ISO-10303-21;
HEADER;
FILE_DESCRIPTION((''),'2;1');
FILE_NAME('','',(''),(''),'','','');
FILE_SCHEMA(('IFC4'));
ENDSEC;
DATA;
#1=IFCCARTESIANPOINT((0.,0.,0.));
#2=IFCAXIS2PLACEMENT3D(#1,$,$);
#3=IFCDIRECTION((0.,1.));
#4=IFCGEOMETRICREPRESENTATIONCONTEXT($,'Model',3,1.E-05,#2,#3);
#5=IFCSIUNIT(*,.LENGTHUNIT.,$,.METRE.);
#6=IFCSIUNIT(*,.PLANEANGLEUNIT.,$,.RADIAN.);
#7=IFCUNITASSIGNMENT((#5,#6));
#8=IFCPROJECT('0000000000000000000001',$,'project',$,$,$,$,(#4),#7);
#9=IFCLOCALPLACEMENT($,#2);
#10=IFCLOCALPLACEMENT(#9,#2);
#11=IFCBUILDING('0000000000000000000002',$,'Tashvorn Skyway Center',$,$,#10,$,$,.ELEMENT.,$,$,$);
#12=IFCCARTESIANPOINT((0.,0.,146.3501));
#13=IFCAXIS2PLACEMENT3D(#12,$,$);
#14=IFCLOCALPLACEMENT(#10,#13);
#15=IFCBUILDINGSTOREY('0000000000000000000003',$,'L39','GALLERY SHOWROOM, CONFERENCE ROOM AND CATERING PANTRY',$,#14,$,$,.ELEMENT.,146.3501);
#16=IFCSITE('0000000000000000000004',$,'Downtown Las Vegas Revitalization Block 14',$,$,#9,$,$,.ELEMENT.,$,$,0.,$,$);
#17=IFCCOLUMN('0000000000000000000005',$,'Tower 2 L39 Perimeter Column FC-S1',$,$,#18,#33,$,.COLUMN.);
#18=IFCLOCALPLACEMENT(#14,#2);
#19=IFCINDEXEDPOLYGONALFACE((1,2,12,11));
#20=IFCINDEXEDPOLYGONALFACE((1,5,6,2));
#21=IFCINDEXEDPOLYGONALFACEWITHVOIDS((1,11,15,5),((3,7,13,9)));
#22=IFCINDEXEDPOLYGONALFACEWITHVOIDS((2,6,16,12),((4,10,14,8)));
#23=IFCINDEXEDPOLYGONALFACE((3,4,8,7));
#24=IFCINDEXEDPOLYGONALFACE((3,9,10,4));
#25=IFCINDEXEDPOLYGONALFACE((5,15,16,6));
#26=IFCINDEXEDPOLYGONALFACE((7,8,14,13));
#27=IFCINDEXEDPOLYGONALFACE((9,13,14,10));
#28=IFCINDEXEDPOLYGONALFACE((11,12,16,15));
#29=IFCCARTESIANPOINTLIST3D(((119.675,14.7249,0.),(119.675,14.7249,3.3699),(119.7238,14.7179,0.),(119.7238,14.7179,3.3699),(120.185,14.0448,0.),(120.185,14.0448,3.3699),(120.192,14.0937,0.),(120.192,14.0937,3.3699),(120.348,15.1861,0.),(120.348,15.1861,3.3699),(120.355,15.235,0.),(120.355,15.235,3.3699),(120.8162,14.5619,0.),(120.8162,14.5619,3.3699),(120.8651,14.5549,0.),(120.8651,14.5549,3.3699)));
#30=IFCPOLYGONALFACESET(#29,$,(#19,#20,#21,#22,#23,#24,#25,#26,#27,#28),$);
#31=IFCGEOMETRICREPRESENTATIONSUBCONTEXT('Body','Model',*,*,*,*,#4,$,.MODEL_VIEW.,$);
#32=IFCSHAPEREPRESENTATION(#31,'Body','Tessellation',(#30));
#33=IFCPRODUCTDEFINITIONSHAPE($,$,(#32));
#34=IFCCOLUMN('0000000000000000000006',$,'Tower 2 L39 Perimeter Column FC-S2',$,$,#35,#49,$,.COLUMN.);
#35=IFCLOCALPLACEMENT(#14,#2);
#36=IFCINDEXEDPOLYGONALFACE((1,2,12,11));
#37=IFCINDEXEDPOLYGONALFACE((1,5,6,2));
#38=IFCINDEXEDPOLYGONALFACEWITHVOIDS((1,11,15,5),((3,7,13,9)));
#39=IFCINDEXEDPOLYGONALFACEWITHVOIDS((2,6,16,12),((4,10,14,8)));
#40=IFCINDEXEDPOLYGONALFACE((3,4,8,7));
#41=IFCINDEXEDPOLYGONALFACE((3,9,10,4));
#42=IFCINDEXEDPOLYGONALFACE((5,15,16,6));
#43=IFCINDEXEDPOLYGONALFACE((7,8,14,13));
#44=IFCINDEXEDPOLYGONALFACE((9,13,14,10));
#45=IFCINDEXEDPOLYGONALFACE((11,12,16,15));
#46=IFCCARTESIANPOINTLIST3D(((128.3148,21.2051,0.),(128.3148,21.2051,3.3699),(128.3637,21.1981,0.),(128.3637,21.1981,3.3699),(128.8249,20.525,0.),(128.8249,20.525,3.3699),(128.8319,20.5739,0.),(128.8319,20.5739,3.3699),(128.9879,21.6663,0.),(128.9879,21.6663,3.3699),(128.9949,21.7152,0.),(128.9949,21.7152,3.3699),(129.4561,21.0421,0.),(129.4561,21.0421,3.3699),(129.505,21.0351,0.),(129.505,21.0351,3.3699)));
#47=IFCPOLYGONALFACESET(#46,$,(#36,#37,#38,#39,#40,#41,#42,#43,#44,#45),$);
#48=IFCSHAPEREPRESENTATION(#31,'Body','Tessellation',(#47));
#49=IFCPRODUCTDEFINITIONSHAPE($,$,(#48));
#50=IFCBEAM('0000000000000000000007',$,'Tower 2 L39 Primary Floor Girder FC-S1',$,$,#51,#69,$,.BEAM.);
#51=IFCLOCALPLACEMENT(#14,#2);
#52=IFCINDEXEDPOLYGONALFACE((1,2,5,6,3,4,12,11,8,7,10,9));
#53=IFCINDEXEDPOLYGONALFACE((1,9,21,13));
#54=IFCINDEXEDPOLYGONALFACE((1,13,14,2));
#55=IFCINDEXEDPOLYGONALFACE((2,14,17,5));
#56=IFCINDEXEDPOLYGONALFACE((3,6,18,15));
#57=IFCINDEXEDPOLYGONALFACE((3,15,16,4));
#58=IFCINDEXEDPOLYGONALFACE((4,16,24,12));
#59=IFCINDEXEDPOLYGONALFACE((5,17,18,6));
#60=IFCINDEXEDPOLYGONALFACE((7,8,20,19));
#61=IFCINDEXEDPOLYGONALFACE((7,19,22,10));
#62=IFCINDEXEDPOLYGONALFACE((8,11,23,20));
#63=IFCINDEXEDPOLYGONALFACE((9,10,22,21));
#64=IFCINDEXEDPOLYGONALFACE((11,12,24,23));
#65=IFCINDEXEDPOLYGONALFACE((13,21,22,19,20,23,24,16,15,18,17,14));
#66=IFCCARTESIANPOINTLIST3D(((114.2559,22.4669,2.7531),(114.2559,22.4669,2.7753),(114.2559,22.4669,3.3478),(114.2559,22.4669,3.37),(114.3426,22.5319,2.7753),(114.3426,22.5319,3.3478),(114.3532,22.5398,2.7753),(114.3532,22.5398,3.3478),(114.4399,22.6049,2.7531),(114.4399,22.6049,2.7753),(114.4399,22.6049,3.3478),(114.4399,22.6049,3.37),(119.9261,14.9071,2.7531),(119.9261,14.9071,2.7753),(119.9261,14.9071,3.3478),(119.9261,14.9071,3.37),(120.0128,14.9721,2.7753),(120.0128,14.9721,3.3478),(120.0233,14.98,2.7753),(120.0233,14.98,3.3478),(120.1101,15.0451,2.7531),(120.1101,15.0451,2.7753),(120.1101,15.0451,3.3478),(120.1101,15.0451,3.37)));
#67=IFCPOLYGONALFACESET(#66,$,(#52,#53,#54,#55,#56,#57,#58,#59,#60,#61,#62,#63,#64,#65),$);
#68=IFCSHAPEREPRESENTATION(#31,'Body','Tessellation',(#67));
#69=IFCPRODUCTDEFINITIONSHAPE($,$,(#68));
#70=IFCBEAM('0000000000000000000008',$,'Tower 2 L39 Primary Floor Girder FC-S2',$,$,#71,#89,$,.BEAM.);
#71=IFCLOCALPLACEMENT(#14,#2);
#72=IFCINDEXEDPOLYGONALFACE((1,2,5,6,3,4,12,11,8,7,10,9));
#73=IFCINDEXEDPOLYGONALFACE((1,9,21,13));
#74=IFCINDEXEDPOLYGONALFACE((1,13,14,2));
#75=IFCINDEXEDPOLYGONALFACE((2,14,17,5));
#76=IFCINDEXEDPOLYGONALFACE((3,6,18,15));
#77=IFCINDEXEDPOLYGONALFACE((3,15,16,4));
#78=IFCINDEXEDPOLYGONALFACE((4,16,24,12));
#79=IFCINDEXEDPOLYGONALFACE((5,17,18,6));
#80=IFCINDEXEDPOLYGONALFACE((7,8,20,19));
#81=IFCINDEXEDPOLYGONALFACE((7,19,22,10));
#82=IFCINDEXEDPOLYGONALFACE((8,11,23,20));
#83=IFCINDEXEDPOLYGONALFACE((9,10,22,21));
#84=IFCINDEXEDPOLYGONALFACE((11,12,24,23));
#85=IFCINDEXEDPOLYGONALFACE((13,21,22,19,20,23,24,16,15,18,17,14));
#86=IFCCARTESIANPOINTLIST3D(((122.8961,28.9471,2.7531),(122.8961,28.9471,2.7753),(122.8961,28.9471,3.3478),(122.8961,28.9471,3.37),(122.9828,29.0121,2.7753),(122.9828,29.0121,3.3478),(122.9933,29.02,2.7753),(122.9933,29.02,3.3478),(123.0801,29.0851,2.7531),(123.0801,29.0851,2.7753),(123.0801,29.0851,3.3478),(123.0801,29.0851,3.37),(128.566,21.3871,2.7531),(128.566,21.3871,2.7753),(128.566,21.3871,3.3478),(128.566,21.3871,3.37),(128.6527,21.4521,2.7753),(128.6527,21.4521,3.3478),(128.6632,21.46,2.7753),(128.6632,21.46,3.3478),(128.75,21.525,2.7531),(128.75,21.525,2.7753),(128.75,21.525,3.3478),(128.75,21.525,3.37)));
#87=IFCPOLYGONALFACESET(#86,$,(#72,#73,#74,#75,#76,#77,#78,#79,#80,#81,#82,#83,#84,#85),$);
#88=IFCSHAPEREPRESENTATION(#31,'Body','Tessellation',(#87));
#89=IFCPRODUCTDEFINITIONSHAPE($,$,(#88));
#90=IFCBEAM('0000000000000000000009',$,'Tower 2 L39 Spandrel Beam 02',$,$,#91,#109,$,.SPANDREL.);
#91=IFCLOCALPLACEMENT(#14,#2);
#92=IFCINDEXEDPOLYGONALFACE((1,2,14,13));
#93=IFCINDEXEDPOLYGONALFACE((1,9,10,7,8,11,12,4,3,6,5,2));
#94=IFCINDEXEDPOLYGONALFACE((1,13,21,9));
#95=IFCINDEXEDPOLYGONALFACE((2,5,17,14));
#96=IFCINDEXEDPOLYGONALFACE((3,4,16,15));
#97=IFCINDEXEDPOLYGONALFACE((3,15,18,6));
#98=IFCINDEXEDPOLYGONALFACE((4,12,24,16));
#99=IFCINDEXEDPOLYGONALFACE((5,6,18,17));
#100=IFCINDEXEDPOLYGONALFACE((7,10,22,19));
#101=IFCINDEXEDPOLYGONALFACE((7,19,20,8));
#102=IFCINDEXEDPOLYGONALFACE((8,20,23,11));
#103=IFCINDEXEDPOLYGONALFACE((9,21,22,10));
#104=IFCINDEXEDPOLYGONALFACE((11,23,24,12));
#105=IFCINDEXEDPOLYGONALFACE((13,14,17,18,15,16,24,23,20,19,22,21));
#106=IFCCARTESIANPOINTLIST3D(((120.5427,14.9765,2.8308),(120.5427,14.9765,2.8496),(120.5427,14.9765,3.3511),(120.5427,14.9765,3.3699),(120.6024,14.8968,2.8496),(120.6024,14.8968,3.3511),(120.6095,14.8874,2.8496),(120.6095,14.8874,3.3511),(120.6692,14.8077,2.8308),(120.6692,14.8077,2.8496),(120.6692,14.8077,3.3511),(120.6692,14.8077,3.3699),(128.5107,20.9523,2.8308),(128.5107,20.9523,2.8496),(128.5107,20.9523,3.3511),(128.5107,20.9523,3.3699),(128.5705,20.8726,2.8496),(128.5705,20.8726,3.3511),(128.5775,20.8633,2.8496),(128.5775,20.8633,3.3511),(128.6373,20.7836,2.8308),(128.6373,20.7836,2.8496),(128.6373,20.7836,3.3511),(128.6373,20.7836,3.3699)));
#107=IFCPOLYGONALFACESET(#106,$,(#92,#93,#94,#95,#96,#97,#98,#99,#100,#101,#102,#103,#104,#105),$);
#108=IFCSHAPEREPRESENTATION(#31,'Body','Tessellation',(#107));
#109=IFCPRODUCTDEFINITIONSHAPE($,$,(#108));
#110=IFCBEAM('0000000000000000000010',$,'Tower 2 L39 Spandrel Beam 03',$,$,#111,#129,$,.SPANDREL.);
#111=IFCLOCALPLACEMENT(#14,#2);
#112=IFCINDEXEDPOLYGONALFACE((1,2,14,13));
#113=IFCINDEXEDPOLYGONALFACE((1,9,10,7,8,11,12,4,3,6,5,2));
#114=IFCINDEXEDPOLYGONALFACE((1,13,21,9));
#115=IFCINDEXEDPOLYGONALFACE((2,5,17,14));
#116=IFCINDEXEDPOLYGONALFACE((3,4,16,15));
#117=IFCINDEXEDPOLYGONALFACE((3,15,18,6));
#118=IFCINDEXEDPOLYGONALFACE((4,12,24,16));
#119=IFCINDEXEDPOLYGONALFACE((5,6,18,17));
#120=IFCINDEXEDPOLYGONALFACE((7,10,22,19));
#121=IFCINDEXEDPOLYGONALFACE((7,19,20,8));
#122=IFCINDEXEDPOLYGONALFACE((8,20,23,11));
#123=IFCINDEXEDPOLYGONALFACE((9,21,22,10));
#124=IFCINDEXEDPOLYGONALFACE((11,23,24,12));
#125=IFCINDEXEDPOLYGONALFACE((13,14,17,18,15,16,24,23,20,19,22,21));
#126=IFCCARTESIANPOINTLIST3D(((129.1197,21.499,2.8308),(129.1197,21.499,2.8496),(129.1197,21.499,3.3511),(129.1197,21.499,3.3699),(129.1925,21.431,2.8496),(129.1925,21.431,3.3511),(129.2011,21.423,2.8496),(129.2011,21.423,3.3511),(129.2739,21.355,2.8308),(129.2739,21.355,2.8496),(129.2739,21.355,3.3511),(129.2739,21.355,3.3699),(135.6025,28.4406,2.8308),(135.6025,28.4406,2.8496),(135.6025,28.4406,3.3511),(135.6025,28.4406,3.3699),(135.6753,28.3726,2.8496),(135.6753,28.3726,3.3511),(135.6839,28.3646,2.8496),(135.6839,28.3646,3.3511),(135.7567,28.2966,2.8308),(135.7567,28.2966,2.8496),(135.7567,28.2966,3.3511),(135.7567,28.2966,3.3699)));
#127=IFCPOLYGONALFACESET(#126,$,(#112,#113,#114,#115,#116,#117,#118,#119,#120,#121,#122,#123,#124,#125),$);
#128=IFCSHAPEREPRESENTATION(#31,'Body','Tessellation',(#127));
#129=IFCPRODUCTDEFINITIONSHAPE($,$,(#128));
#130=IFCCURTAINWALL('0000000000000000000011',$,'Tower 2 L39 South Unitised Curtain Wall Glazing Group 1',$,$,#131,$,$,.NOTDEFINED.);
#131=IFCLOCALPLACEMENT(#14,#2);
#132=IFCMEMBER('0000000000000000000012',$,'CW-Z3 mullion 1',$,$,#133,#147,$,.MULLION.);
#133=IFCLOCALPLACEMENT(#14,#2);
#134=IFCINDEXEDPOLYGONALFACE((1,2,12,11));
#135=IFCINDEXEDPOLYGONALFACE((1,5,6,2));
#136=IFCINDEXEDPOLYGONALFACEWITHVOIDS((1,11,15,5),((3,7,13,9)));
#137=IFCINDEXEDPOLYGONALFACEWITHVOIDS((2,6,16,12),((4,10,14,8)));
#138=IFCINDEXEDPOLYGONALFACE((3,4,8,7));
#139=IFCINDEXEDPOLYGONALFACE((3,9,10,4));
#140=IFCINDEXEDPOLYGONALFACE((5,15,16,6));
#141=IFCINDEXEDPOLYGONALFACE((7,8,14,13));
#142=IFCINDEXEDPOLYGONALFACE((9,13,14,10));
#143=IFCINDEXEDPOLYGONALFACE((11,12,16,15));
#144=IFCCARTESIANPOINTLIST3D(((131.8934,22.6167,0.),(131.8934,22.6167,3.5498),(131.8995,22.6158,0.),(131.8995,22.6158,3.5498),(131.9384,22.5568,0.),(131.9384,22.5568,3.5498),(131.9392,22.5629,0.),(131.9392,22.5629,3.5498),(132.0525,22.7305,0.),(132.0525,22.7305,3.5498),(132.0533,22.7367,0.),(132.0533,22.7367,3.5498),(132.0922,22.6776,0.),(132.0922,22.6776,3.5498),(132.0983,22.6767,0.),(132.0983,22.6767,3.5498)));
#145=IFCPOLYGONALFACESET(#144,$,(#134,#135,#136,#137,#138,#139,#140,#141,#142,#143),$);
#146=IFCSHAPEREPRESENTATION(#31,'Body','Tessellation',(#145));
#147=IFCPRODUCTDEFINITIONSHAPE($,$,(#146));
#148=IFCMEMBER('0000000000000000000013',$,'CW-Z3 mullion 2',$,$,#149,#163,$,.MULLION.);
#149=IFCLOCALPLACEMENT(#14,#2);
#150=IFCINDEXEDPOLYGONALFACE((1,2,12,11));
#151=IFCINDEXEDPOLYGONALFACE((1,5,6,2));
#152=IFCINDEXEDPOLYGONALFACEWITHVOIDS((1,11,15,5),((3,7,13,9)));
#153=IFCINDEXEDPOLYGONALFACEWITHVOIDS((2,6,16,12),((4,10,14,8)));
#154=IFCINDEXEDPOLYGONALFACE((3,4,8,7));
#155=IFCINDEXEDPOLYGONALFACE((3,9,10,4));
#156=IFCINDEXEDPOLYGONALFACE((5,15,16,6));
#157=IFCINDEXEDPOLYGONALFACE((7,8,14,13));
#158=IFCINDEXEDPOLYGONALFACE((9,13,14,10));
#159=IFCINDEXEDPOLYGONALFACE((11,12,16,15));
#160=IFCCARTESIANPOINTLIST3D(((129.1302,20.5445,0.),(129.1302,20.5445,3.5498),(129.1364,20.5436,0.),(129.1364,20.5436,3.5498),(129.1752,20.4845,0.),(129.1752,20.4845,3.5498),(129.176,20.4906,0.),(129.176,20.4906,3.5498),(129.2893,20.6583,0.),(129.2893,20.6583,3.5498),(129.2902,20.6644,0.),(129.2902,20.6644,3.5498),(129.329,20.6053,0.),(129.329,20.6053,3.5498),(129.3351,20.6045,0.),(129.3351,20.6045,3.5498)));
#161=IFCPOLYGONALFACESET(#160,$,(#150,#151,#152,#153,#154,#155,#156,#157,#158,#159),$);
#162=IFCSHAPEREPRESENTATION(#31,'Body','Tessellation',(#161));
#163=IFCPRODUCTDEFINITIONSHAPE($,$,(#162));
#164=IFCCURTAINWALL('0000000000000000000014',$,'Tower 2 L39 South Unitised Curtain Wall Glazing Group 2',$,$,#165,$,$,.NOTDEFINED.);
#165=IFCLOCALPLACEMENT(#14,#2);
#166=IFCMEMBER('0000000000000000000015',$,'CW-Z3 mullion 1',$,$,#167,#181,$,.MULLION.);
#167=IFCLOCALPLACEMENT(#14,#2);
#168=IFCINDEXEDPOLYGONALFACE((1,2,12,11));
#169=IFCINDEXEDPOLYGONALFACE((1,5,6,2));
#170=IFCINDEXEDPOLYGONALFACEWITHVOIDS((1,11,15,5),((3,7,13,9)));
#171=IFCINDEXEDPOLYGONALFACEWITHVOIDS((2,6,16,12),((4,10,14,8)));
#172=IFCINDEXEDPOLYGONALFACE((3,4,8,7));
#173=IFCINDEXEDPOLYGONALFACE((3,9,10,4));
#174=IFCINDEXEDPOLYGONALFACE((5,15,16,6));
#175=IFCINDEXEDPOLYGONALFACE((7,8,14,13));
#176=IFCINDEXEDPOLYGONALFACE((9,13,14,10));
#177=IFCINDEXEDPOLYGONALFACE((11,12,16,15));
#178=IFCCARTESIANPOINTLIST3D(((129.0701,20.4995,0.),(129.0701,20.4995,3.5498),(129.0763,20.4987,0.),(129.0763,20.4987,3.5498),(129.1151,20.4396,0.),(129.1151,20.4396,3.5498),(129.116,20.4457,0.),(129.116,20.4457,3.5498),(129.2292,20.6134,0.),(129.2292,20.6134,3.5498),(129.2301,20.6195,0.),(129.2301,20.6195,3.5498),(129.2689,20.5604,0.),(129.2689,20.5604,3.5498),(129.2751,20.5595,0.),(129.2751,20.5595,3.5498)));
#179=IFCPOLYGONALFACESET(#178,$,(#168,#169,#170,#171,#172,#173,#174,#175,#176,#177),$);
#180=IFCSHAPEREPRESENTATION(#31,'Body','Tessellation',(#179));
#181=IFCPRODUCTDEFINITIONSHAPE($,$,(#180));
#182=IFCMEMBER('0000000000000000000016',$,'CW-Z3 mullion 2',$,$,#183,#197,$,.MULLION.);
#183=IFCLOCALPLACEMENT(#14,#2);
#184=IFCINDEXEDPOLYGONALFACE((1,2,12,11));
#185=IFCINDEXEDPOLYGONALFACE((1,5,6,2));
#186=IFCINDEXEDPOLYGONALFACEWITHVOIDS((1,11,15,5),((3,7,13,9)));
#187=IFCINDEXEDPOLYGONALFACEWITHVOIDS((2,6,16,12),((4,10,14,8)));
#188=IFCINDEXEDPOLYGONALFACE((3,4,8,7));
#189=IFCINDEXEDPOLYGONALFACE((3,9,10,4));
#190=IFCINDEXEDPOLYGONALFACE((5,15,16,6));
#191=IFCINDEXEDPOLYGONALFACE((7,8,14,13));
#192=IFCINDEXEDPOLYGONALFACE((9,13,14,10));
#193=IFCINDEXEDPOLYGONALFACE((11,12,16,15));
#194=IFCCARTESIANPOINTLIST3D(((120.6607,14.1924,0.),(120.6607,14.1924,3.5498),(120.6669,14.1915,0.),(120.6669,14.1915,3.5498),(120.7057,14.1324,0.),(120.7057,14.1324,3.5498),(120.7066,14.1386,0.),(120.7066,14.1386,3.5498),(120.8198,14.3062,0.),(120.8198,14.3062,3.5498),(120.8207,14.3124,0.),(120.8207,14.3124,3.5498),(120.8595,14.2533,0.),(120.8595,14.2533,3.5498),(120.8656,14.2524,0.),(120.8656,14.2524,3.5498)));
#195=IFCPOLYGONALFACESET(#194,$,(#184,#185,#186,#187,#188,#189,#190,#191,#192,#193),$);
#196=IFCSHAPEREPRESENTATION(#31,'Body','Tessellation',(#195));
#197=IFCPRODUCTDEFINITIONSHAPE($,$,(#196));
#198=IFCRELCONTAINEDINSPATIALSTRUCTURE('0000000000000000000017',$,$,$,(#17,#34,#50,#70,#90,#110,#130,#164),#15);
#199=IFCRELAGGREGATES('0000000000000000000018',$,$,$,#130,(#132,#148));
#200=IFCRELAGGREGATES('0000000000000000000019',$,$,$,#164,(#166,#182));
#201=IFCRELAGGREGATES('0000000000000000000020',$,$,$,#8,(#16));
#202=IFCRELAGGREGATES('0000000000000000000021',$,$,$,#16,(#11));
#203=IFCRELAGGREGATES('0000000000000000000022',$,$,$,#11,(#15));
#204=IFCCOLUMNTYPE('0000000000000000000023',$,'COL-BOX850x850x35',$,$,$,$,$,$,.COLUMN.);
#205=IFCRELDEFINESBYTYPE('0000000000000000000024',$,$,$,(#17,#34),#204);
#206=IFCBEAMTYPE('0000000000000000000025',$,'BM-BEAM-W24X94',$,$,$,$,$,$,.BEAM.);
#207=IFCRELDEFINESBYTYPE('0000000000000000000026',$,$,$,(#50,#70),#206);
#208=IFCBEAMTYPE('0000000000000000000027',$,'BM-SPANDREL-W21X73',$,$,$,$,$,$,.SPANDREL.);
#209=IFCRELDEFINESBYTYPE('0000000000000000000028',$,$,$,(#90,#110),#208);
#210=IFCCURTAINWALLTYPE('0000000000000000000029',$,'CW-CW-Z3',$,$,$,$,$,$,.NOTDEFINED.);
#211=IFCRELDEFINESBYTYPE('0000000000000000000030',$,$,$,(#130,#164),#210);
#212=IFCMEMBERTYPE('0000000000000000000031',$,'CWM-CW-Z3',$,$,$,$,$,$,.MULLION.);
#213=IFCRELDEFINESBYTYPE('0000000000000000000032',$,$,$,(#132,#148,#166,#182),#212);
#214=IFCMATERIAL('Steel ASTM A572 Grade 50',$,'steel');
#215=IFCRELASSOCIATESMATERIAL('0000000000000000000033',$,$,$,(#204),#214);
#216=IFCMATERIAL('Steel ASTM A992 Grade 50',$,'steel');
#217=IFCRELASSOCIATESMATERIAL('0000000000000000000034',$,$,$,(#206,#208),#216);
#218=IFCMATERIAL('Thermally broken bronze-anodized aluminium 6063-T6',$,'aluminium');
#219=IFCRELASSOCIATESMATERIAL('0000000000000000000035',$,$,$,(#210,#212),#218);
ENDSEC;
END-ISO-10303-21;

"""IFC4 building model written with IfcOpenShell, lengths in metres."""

from ifc_helpers import new_model, si_unit, direction, frame, origin, origin_2d, place, context, subcontext, project, spatial, hollow_rectangle, i_section, extrude, material, material_profile, profile_set, type_object, element, aggregate, save


model = new_model("IFC4")

# Units and contexts
model_context = context("Model", 3, precision=1e-05, world=origin(), true_north=direction((0.0, 1.0)))
body_context = subcontext(model_context, "Body", "Model", "MODEL_VIEW")
ifc_project = project(units=[si_unit("LENGTHUNIT", "METRE"), si_unit("PLANEANGLEUNIT", "RADIAN")], contexts=[model_context])

# Site, building, storey
site_placement = place(None, origin())
site = spatial("IfcSite", under=ifc_project, at=site_placement, Name="Downtown Las Vegas Revitalization Block 14", CompositionType="ELEMENT", RefElevation=0.0)
building_placement = place(site_placement, origin())
building = spatial("IfcBuilding", under=site, at=building_placement, Name="Tashvorn Skyway Center", CompositionType="ELEMENT")
storey_placement = place(building_placement, frame((0.0, 0.0, 146.3501)))
storey = spatial("IfcBuildingStorey", under=building, at=storey_placement, Name="L39", Description="GALLERY SHOWROOM, CONFERENCE ROOM AND CATERING PANTRY", CompositionType="ELEMENT", Elevation=146.3501)

# Columns
ifc_material_1 = material(Name="Steel ASTM A572 Grade 50", Category="steel")
ifc_material_profile_1 = material_profile(ifc_material_1, hollow_rectangle(XDim=0.8501, YDim=0.8501, WallThickness=0.0349, at=origin_2d()), Name="BOX850x850x35")
ifc_profile_set_1 = profile_set([ifc_material_profile_1], Name="Steel ASTM A572 Grade 50")
column_type = type_object("IfcColumnType", Name="COL-BOX850x850x35", PredefinedType="COLUMN", material=ifc_profile_set_1)
for number, where, z_axis, x_axis, name in (
    (1, (120.27, 14.6399, 0.0), (0.0, 0.0, 1.0), (0.8, 0.6, 0.0), "Tower 2 L39 Perimeter Column FC-S1"),
    (2, (128.9099, 21.1201, 0.0), (0.0, 0.0, 1.0), (0.8, 0.6, 0.0), "Tower 2 L39 Perimeter Column FC-S2"),
):
    element("IfcColumn", number, at=place(storey_placement, frame(where, z_axis=z_axis, x_axis=x_axis)), inside=storey, type_object=column_type, Name=name, PredefinedType="COLUMN", context=body_context, shape_type="SweptSolid", body=[
        extrude(hollow_rectangle(XDim=0.8501, YDim=0.8501, WallThickness=0.0349, at=origin_2d()), origin(), (0.0, 0.0, 1.0), 3.3699),
    ])

# Beams
ifc_material_2 = material(Name="Steel ASTM A992 Grade 50", Category="steel")
ifc_material_profile_2 = material_profile(ifc_material_2, i_section(OverallWidth=0.23, OverallDepth=0.6169, WebThickness=0.0132, FlangeThickness=0.0222, at=origin_2d()), Name="W24X94")
ifc_profile_set_2 = profile_set([ifc_material_profile_2], Name="Steel ASTM A992 Grade 50")
beam_type_1 = type_object("IfcBeamType", Name="BM-BEAM-W24X94", PredefinedType="BEAM", material=ifc_profile_set_2)
for number, where, z_axis, x_axis, name in (
    (3, (120.0181, 14.9761, 3.0615), (-0.600021, 0.799984, 0.0), (-0.799984, -0.600021, 0.0), "Tower 2 L39 Primary Floor Girder FC-S1"),
    (4, (128.658, 21.4561, 3.0615), (-0.599992, 0.800006, 0.0), (-0.800006, -0.599992, 0.0), "Tower 2 L39 Primary Floor Girder FC-S2"),
):
    element("IfcBeam", number, at=place(storey_placement, frame(where, z_axis=z_axis, x_axis=x_axis)), inside=storey, type_object=beam_type_1, Name=name, PredefinedType="BEAM", context=body_context, shape_type="SweptSolid", body=[
        extrude(i_section(OverallWidth=0.23, OverallDepth=0.6169, WebThickness=0.0132, FlangeThickness=0.0222, at=origin_2d()), origin(), (0.0, 0.0, 1.0), 9.45),
    ])
ifc_material_profile_3 = material_profile(ifc_material_2, i_section(OverallWidth=0.2109, OverallDepth=0.5391, WebThickness=0.0117, FlangeThickness=0.0188, at=origin_2d()), Name="W21X73")
ifc_profile_set_3 = profile_set([ifc_material_profile_3], Name="Steel ASTM A992 Grade 50")
beam_type_2 = type_object("IfcBeamType", Name="BM-SPANDREL-W21X73", PredefinedType="SPANDREL", material=ifc_profile_set_3)
beam_1_placement = place(storey_placement, frame((120.606, 14.8921, 3.1003), z_axis=(0.800009, 0.599988, 0.0), x_axis=(-0.599988, 0.800009, 0.0)))
element("IfcBeam", 5, at=beam_1_placement, inside=storey, type_object=beam_type_2, Name="Tower 2 L39 Spandrel Beam 02", PredefinedType="SPANDREL", context=body_context, shape_type="SweptSolid", body=[
    extrude(i_section(OverallWidth=0.2109, OverallDepth=0.5391, WebThickness=0.0117, FlangeThickness=0.0188, at=origin_2d()), origin(), (0.0, 0.0, 1.0), 9.96),
])
beam_2_placement = place(storey_placement, frame((129.1968, 21.427, 3.1003), z_axis=(0.682545, 0.730843, 0.0), x_axis=(-0.730843, 0.682545, 0.0)))
element("IfcBeam", 6, at=beam_2_placement, inside=storey, type_object=beam_type_2, Name="Tower 2 L39 Spandrel Beam 03", PredefinedType="SPANDREL", context=body_context, shape_type="SweptSolid", body=[
    extrude(i_section(OverallWidth=0.2109, OverallDepth=0.5391, WebThickness=0.0117, FlangeThickness=0.0188, at=origin_2d()), origin(), (0.0, 0.0, 1.0), 9.498),
])

# Curtain walls, members
ifc_material_3 = material(Name="Thermally broken bronze-anodized aluminium 6063-T6", Category="aluminium")
curtain_wall_type = type_object("IfcCurtainWallType", Name="CW-CW-Z3", PredefinedType="NOTDEFINED", material=ifc_material_3)
curtain_wall_1_placement = place(storey_placement, origin())
curtain_wall_1 = element("IfcCurtainWall", 7, at=curtain_wall_1_placement, inside=storey, type_object=curtain_wall_type, Name="Tower 2 L39 South Unitised Curtain Wall Glazing Group 1", PredefinedType="NOTDEFINED")
ifc_material_profile_4 = material_profile(ifc_material_3, hollow_rectangle(XDim=0.075, YDim=0.2, WallThickness=0.0044, at=origin_2d()), Name="ALU-MULL-75x200")
ifc_profile_set_4 = profile_set([ifc_material_profile_4], Name="Thermally broken bronze-anodized aluminium 6063-T6")
member_type_1 = type_object("IfcMemberType", Name="CWM-CW-Z3", PredefinedType="MULLION", material=ifc_profile_set_4)
member_1_placement = place(storey_placement, frame((131.9958, 22.6467, 0.0), z_axis=(0.0, 0.0, 1.0), x_axis=(0.599995, -0.800003, 0.0)))
member_1 = element("IfcMember", 8, at=member_1_placement, type_object=member_type_1, Name="CW-Z3 mullion 1", PredefinedType="MULLION", context=body_context, shape_type="SweptSolid", body=[
    extrude(hollow_rectangle(XDim=0.075, YDim=0.2, WallThickness=0.0044, at=origin_2d()), origin(), (0.0, 0.0, 1.0), 3.5498),
])
member_2_placement = place(storey_placement, frame((129.2327, 20.5745, 0.0), z_axis=(0.0, 0.0, 1.0), x_axis=(0.599995, -0.800003, 0.0)))
member_2 = element("IfcMember", 9, at=member_2_placement, type_object=member_type_1, Name="CW-Z3 mullion 2", PredefinedType="MULLION", context=body_context, shape_type="SweptSolid", body=[
    extrude(hollow_rectangle(XDim=0.075, YDim=0.2, WallThickness=0.0044, at=origin_2d()), origin(), (0.0, 0.0, 1.0), 3.5498),
])
curtain_wall_2_placement = place(storey_placement, origin())
curtain_wall_2 = element("IfcCurtainWall", 10, at=curtain_wall_2_placement, inside=storey, type_object=curtain_wall_type, Name="Tower 2 L39 South Unitised Curtain Wall Glazing Group 2", PredefinedType="NOTDEFINED")
member_3_placement = place(storey_placement, frame((129.1726, 20.5295, 0.0), z_axis=(0.0, 0.0, 1.0), x_axis=(0.599997, -0.800002, 0.0)))
member_3 = element("IfcMember", 11, at=member_3_placement, type_object=member_type_1, Name="CW-Z3 mullion 1", PredefinedType="MULLION", context=body_context, shape_type="SweptSolid", body=[
    extrude(hollow_rectangle(XDim=0.075, YDim=0.2, WallThickness=0.0044, at=origin_2d()), origin(), (0.0, 0.0, 1.0), 3.5498),
])
member_4_placement = place(storey_placement, frame((120.7632, 14.2224, 0.0), z_axis=(0.0, 0.0, 1.0), x_axis=(0.599997, -0.800002, 0.0)))
member_4 = element("IfcMember", 12, at=member_4_placement, type_object=member_type_1, Name="CW-Z3 mullion 2", PredefinedType="MULLION", context=body_context, shape_type="SweptSolid", body=[
    extrude(hollow_rectangle(XDim=0.075, YDim=0.2, WallThickness=0.0044, at=origin_2d()), origin(), (0.0, 0.0, 1.0), 3.5498),
])

aggregate(curtain_wall_1, [member_1, member_2])
aggregate(curtain_wall_2, [member_3, member_4])

save(model, "model.ifc")
